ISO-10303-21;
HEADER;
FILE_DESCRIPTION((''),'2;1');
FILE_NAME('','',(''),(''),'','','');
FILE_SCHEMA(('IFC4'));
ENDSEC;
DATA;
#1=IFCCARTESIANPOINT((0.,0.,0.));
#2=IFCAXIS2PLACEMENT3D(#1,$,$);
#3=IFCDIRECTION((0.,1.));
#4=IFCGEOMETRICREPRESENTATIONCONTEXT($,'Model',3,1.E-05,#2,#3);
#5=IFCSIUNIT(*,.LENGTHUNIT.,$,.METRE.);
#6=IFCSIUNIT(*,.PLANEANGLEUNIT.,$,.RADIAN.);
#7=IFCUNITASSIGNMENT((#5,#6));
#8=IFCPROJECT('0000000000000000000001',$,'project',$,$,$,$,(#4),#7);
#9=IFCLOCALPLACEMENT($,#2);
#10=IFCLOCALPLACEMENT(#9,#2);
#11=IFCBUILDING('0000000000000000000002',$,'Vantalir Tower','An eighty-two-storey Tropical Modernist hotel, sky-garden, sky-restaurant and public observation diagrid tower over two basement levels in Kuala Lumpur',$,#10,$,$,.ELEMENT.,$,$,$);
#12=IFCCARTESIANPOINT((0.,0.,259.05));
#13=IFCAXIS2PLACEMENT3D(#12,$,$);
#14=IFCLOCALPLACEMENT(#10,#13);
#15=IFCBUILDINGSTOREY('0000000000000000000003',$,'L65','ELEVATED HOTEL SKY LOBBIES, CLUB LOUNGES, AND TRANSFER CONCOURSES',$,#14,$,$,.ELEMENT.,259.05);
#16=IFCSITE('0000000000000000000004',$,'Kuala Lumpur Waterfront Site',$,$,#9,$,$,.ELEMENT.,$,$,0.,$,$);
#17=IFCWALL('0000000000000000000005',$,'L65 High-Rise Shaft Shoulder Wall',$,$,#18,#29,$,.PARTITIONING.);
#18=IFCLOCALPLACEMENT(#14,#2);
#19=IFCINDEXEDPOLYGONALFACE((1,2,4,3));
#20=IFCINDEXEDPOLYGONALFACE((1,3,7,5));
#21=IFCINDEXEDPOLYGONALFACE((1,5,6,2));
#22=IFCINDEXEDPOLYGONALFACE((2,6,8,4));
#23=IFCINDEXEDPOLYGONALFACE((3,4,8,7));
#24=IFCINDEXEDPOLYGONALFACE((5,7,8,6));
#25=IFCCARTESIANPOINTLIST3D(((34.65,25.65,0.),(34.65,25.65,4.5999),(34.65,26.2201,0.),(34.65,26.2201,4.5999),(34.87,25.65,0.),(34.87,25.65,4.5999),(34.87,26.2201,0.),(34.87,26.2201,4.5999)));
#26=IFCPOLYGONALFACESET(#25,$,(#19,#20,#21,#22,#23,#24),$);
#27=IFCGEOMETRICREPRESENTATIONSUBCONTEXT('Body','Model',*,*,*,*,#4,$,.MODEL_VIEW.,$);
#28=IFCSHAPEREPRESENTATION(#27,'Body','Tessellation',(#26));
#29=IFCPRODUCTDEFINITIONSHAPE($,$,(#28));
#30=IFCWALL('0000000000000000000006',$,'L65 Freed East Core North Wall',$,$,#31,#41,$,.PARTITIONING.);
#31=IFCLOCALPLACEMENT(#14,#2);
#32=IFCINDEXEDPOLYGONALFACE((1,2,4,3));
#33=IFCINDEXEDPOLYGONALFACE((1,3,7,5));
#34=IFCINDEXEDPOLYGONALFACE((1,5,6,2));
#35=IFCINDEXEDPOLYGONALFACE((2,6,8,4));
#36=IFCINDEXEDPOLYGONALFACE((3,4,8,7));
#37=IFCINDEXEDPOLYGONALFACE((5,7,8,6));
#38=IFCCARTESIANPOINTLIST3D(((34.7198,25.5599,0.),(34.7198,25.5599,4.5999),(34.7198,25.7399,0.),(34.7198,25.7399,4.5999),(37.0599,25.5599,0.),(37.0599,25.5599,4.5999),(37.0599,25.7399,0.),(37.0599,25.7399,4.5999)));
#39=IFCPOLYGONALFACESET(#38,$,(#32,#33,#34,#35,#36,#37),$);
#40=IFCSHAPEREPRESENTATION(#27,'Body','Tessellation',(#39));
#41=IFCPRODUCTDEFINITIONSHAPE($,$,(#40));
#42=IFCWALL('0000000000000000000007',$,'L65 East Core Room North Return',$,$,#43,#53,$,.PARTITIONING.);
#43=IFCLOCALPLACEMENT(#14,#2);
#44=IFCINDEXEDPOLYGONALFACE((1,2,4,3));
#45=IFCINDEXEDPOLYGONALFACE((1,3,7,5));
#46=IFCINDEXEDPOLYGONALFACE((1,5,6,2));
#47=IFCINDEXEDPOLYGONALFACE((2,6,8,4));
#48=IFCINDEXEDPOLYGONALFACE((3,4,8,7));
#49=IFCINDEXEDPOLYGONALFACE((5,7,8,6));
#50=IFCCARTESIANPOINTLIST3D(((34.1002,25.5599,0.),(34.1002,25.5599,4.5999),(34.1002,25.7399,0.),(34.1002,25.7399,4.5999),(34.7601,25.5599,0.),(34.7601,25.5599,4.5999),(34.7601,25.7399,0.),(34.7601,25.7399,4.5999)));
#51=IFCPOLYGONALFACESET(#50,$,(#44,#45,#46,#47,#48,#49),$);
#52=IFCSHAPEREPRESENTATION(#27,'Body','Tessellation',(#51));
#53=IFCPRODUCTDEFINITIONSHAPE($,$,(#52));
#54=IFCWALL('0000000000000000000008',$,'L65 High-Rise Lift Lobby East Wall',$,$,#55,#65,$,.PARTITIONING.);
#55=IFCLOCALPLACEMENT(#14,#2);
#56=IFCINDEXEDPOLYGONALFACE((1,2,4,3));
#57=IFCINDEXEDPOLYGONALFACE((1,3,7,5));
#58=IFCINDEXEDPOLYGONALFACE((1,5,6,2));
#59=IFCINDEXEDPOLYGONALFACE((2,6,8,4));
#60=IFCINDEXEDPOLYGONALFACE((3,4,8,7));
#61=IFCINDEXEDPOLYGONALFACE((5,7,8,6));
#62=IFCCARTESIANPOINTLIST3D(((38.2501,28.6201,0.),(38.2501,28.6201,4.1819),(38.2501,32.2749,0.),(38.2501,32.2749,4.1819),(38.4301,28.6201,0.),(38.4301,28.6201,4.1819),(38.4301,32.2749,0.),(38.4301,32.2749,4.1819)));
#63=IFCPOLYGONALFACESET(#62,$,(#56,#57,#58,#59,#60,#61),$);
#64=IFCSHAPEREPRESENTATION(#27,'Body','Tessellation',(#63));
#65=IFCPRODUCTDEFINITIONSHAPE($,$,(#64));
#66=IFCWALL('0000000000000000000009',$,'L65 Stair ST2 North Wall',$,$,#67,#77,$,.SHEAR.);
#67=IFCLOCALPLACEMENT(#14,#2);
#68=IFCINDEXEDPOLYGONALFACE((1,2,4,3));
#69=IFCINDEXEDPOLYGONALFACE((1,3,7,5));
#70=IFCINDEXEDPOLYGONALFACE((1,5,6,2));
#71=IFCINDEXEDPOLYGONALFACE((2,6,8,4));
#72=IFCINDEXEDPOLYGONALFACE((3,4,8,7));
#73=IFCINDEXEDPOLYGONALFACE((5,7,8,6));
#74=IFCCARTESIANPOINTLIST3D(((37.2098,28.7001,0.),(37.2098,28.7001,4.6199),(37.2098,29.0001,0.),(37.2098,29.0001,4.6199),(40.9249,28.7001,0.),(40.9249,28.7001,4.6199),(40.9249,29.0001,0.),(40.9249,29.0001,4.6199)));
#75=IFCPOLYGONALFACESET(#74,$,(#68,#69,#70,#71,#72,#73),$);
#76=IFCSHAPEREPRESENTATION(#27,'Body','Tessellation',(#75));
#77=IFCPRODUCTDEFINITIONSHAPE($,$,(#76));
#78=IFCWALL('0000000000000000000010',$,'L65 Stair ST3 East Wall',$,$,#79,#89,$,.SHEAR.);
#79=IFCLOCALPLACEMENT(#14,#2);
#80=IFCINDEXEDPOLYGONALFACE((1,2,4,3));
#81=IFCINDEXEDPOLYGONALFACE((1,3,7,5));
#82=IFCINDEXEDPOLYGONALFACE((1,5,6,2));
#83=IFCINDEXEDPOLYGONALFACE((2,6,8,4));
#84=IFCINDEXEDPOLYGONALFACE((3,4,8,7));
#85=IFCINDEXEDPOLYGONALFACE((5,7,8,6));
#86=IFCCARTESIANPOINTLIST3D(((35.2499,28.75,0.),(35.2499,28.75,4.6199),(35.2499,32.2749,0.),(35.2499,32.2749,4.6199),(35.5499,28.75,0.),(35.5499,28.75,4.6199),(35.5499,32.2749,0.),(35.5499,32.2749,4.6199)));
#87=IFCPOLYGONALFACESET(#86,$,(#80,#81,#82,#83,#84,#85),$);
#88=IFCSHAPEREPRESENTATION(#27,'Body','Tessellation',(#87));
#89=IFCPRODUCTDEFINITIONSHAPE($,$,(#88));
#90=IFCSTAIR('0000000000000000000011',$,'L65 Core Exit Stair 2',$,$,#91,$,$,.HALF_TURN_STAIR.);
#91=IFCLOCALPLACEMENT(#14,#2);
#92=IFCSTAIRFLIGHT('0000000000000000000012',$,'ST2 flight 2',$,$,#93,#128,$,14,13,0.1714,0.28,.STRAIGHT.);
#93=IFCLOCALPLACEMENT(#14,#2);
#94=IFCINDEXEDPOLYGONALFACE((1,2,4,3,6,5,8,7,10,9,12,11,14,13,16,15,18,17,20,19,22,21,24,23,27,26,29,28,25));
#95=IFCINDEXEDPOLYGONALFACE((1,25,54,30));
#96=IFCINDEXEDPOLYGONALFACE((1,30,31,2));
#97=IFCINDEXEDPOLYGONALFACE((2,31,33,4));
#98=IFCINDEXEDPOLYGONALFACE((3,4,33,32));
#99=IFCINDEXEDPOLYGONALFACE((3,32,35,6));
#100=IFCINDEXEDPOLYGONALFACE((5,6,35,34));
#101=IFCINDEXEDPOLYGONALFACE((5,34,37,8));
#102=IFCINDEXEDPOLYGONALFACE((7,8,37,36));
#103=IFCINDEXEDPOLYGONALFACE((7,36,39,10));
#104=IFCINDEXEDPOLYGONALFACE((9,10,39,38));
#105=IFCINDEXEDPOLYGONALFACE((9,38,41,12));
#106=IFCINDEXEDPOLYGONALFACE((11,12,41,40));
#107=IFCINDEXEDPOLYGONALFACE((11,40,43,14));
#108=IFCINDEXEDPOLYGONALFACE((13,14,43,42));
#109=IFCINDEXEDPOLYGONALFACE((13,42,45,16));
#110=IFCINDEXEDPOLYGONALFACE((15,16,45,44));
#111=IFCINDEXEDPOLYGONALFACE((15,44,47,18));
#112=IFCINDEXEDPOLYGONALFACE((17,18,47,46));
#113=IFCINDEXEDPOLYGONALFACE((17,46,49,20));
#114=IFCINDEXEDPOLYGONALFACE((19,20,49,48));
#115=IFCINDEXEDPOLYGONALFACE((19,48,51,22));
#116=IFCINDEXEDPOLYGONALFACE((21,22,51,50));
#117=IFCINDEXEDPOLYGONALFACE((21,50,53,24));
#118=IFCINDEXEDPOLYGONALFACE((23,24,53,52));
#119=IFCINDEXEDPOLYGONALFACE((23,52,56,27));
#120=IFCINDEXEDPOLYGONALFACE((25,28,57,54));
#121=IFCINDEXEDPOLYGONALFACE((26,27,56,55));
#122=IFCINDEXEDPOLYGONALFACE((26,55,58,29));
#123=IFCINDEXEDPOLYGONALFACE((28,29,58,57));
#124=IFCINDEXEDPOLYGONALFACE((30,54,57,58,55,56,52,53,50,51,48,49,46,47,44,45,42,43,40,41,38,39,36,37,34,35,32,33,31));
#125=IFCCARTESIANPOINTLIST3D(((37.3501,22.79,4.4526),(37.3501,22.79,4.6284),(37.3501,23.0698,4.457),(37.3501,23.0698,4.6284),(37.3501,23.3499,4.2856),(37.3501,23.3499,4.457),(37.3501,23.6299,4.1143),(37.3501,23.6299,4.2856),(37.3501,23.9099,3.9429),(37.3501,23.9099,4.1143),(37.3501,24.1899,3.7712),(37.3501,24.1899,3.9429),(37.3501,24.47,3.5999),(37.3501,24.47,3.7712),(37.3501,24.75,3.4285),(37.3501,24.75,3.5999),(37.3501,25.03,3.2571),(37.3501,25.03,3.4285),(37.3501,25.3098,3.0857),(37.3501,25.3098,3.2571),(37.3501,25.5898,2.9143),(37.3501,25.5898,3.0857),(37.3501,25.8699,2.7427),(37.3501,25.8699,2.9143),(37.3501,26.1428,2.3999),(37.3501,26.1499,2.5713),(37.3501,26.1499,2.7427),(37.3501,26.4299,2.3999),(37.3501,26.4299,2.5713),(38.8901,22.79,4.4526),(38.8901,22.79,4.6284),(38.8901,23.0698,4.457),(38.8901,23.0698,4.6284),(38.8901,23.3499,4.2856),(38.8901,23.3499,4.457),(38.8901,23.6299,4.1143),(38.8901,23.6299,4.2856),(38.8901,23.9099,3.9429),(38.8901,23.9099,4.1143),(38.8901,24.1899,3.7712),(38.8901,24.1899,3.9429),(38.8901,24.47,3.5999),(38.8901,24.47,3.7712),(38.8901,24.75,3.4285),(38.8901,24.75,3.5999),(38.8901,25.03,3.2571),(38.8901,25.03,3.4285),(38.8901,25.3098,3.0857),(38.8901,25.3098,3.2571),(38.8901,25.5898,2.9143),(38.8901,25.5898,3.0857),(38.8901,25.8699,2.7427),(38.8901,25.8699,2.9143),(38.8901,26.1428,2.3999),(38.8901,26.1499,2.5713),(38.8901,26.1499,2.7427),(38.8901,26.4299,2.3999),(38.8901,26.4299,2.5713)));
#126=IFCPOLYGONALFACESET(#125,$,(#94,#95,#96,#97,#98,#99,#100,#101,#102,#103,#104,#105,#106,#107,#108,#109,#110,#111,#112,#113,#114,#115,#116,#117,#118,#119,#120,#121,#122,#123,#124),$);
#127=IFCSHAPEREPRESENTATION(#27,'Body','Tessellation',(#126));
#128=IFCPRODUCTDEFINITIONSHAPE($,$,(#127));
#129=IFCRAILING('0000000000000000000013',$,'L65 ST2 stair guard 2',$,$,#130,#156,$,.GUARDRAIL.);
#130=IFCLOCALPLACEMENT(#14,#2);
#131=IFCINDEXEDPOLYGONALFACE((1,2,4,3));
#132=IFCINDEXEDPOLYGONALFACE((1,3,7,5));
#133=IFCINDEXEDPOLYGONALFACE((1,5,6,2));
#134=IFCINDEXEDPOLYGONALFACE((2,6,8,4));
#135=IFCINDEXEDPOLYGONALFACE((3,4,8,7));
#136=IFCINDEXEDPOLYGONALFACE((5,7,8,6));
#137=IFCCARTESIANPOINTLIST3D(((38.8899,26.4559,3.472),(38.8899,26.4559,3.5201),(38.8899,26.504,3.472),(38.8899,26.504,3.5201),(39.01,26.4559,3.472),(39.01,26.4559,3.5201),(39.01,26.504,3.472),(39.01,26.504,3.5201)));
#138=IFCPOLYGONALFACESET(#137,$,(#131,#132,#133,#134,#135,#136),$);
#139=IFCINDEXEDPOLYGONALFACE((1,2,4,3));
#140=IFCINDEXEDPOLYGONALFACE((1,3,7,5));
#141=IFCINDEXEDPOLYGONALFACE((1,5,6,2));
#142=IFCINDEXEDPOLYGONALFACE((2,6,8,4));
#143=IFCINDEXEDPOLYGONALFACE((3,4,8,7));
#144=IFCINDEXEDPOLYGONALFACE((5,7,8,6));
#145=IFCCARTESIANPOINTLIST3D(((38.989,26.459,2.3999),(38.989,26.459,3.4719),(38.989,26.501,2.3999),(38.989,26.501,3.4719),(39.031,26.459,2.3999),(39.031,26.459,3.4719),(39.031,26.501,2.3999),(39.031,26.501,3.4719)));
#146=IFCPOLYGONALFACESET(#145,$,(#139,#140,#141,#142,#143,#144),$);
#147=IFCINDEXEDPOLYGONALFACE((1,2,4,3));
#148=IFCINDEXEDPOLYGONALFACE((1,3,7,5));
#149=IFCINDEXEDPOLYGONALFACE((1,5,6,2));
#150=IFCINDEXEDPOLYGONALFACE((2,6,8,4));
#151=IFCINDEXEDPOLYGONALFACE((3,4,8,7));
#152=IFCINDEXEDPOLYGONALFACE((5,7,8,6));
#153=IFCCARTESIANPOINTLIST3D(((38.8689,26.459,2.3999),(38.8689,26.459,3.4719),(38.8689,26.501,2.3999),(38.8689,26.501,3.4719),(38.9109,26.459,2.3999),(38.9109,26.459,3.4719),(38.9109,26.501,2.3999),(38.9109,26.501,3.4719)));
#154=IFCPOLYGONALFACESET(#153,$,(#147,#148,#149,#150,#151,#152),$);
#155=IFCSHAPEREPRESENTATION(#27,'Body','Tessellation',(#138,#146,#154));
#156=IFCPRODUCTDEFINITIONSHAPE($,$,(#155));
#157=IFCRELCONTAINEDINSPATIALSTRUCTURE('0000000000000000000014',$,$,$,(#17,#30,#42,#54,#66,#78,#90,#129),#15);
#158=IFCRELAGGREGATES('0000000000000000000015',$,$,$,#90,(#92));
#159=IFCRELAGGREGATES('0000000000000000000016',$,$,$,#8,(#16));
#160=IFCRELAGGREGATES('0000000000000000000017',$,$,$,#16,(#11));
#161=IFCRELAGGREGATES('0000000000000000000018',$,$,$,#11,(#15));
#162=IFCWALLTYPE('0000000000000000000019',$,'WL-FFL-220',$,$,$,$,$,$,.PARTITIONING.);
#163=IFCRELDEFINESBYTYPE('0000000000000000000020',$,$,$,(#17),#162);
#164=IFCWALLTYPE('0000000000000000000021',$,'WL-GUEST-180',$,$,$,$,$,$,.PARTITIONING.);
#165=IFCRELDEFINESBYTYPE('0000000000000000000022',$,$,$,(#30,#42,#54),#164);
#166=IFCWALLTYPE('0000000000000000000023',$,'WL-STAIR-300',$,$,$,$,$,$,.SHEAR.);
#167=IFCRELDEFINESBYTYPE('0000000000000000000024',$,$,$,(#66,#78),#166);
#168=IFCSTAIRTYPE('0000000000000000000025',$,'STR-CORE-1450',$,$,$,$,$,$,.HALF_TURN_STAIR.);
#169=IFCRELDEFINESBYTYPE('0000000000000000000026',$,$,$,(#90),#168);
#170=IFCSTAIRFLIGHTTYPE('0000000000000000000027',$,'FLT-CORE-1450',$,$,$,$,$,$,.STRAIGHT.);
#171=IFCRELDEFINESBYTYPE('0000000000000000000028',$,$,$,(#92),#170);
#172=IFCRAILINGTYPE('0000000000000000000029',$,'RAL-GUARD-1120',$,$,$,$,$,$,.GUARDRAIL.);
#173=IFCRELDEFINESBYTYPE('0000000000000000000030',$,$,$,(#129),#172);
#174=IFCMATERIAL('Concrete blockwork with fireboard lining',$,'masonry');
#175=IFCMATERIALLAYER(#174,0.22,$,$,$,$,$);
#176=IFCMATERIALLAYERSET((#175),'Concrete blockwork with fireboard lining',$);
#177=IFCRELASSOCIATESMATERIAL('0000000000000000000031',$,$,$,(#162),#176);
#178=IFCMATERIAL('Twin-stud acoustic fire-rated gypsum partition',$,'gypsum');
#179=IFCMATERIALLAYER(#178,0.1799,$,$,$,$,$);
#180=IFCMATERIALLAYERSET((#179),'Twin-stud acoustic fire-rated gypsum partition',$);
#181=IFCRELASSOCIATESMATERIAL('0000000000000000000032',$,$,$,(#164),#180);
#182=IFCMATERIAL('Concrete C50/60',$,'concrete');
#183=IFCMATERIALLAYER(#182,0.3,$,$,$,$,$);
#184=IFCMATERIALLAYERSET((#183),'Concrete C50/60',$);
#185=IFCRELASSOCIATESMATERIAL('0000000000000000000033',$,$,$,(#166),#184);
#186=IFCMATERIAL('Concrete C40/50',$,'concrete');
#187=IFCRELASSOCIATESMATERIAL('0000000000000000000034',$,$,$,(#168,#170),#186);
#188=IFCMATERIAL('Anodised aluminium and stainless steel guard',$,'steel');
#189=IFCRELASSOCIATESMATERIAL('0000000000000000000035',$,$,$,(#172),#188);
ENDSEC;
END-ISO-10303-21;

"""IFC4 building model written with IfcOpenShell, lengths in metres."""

from ifc_helpers import new_model, si_unit, direction, frame, frame_2d, origin, origin_2d, place, context, subcontext, project, spatial, polyline, rectangle, outline, extrude, material, layer, layer_set, type_object, element, aggregate, save


model = new_model("IFC4")

# Units and contexts
model_context = context("Model", 3, precision=1e-05, world=origin(), true_north=direction((0.0, 1.0)))
body_context = subcontext(model_context, "Body", "Model", "MODEL_VIEW")
ifc_project = project(units=[si_unit("LENGTHUNIT", "METRE"), si_unit("PLANEANGLEUNIT", "RADIAN")], contexts=[model_context])

# Site, building, storey
site_placement = place(None, origin())
site = spatial("IfcSite", under=ifc_project, at=site_placement, Name="Kuala Lumpur Waterfront Site", CompositionType="ELEMENT", RefElevation=0.0)
building_placement = place(site_placement, origin())
building = spatial("IfcBuilding", under=site, at=building_placement, Name="Vantalir Tower", Description="An eighty-two-storey Tropical Modernist hotel, sky-garden, sky-restaurant and public observation diagrid tower over two basement levels in Kuala Lumpur", CompositionType="ELEMENT")
storey_placement = place(building_placement, frame((0.0, 0.0, 259.05)))
storey = spatial("IfcBuildingStorey", under=building, at=storey_placement, Name="L65", Description="ELEVATED HOTEL SKY LOBBIES, CLUB LOUNGES, AND TRANSFER CONCOURSES", CompositionType="ELEMENT", Elevation=259.05)

# Shared definitions
ifc_material_1 = material(Name="Concrete C50/60", Category="concrete")

# Shared definitions
ifc_material_2 = material(Name="Concrete blockwork with fireboard lining", Category="masonry")
ifc_layer_1 = layer(ifc_material_2, 0.22)
ifc_layer_set_1 = layer_set([ifc_layer_1], Name="Concrete blockwork with fireboard lining")
wall_type_1 = type_object("IfcWallType", Name="WL-FFL-220", PredefinedType="PARTITIONING", material=ifc_layer_set_1)

# Walls
wall_1_placement = place(storey_placement, frame((34.76, 25.6499, 0.0), z_axis=(0.0, 0.0, 1.0), x_axis=(0.0, 1.0, 0.0)))
element("IfcWall", 1, at=wall_1_placement, inside=storey, type_object=wall_type_1, Name="L65 High-Rise Shaft Shoulder Wall", PredefinedType="PARTITIONING", context=body_context, shape_type="SweptSolid", body=[
    extrude(rectangle(XDim=0.5701, YDim=0.22, at=frame_2d((0.2852, 0.0))), origin(), (0.0, 0.0, 1.0), 4.5999),
])
ifc_material_3 = material(Name="Twin-stud acoustic fire-rated gypsum partition", Category="gypsum")
ifc_layer_2 = layer(ifc_material_3, 0.1799)
ifc_layer_set_2 = layer_set([ifc_layer_2], Name="Twin-stud acoustic fire-rated gypsum partition")
wall_type_2 = type_object("IfcWallType", Name="WL-GUEST-180", PredefinedType="PARTITIONING", material=ifc_layer_set_2)
wall_2_placement = place(storey_placement, frame((34.72, 25.6499, 0.0), z_axis=(0.0, 0.0, 1.0), x_axis=(1.0, 0.0, 0.0)))
element("IfcWall", 2, at=wall_2_placement, inside=storey, type_object=wall_type_2, Name="L65 Freed East Core North Wall", PredefinedType="PARTITIONING", context=body_context, shape_type="SweptSolid", body=[
    extrude(rectangle(XDim=2.3401, YDim=0.1799, at=frame_2d((1.1699, 0.0))), origin(), (0.0, 0.0, 1.0), 4.5999),
])
wall_3_placement = place(storey_placement, frame((34.1001, 25.6499, 0.0), z_axis=(0.0, 0.0, 1.0), x_axis=(1.0, 0.0, 0.0)))
element("IfcWall", 3, at=wall_3_placement, inside=storey, type_object=wall_type_2, Name="L65 East Core Room North Return", PredefinedType="PARTITIONING", context=body_context, shape_type="SweptSolid", body=[
    extrude(rectangle(XDim=0.6599, YDim=0.1799, at=frame_2d((0.3301, 0.0))), origin(), (0.0, 0.0, 1.0), 4.5999),
])
wall_4_placement = place(storey_placement, frame((38.3401, 28.6201, 0.0), z_axis=(0.0, 0.0, 1.0), x_axis=(0.0, 1.0, 0.0)))
element("IfcWall", 4, at=wall_4_placement, inside=storey, type_object=wall_type_2, Name="L65 High-Rise Lift Lobby East Wall", PredefinedType="PARTITIONING", context=body_context, shape_type="SweptSolid", body=[
    extrude(rectangle(XDim=3.6548, YDim=0.1799, at=frame_2d((1.8274, 0.0))), origin(), (0.0, 0.0, 1.0), 4.1819),
])
ifc_layer_3 = layer(ifc_material_1, 0.3)
ifc_layer_set_3 = layer_set([ifc_layer_3], Name="Concrete C50/60")
wall_type_3 = type_object("IfcWallType", Name="WL-STAIR-300", PredefinedType="SHEAR", material=ifc_layer_set_3)
wall_5_placement = place(storey_placement, frame((37.21, 28.8501, 0.0), z_axis=(0.0, 0.0, 1.0), x_axis=(1.0, 0.0, 0.0)))
element("IfcWall", 5, at=wall_5_placement, inside=storey, type_object=wall_type_3, Name="L65 Stair ST2 North Wall", PredefinedType="SHEAR", context=body_context, shape_type="SweptSolid", body=[
    extrude(rectangle(XDim=3.7151, YDim=0.3, at=frame_2d((1.8574, 0.0))), origin(), (0.0, 0.0, 1.0), 4.6199),
])
wall_6_placement = place(storey_placement, frame((35.3999, 28.75, 0.0), z_axis=(0.0, 0.0, 1.0), x_axis=(0.0, 1.0, 0.0)))
element("IfcWall", 6, at=wall_6_placement, inside=storey, type_object=wall_type_3, Name="L65 Stair ST3 East Wall", PredefinedType="SHEAR", context=body_context, shape_type="SweptSolid", body=[
    extrude(rectangle(XDim=3.5249, YDim=0.3, at=frame_2d((1.7625, 0.0))), origin(), (0.0, 0.0, 1.0), 4.6199),
])

# Stair, stair flight
ifc_material_4 = material(Name="Concrete C40/50", Category="concrete")
stair_type = type_object("IfcStairType", Name="STR-CORE-1450", PredefinedType="HALF_TURN_STAIR", material=ifc_material_4)
stair_placement = place(storey_placement, origin())
stair = element("IfcStair", 7, at=stair_placement, inside=storey, type_object=stair_type, Name="L65 Core Exit Stair 2", PredefinedType="HALF_TURN_STAIR")
stair_flight_type = type_object("IfcStairFlightType", Name="FLT-CORE-1450", PredefinedType="STRAIGHT", material=ifc_material_4)
stair_flight_placement = place(storey_placement, frame((38.1201, 26.4299, 2.3999), z_axis=(0.0, 0.0, 1.0), x_axis=(0.0, -1.0, 0.0)))
stair_flight = element("IfcStairFlight", 8, at=stair_flight_placement, type_object=stair_flight_type, Name="ST2 flight 2", NumberOfRisers=14, NumberOfTreads=13, PredefinedType="STRAIGHT", RiserHeight=0.1714, TreadLength=0.28, context=body_context, shape_type="SweptSolid", body=[
    extrude(outline(polyline([(0.0, 0.0), (0.0, 0.1714), (0.28, 0.1714), (0.28, 0.3428), (0.5601, 0.3428), (0.5601, 0.5144), (0.8401, 0.5144), (0.8401, 0.6858), (1.1201, 0.6858), (1.1201, 0.8572), (1.3999, 0.8572), (1.3999, 1.0286), (1.6799, 1.0286), (1.6799, 1.2), (1.96, 1.2), (1.96, 1.3713), (2.24, 1.3713), (2.24, 1.543), (2.52, 1.543), (2.52, 1.7144), (2.8, 1.7144), (2.8, 1.8857), (3.0801, 1.8857), (3.0801, 2.0571), (3.3601, 2.0571), (3.3601, 2.2285), (3.6399, 2.2285), (3.6399, 2.3999), (3.6399, 2.0527), (0.2871, 0.0), (0.0, 0.0)])), frame((0.0, 0.77, 0.0), z_axis=(0.0, -1.0, 0.0), x_axis=(1.0, 0.0, 0.0)), (0.0, 0.0, 1.0), 1.54),
])
aggregate(stair, [stair_flight])

# Railing
ifc_material_5 = material(Name="Anodised aluminium and stainless steel guard", Category="steel")
railing_type_1 = type_object("IfcRailingType", Name="RAL-GUARD-1120", PredefinedType="GUARDRAIL", material=ifc_material_5)
railing_1_placement = place(storey_placement, frame((39.01, 26.48, 2.3999)))
element("IfcRailing", 9, at=railing_1_placement, inside=storey, type_object=railing_type_1, Name="L65 ST2 stair guard 2", PredefinedType="GUARDRAIL", context=body_context, shape_type="SweptSolid", body=[
    extrude(rectangle(XDim=0.0481, YDim=0.0481, at=origin_2d()), frame((0.0, 0.0, 1.0962), z_axis=(-1.0, 0.0, 0.0), x_axis=(0.0, -1.0, 0.0)), (0.0, 0.0, 1.0), 0.1201),
    extrude(rectangle(XDim=0.042, YDim=0.042, at=origin_2d()), origin(), (0.0, 0.0, 1.0), 1.072),
    extrude(rectangle(XDim=0.042, YDim=0.042, at=origin_2d()), frame((-0.1201, 0.0, 0.0)), (0.0, 0.0, 1.0), 1.072),
])

save(model, "model.ifc")
